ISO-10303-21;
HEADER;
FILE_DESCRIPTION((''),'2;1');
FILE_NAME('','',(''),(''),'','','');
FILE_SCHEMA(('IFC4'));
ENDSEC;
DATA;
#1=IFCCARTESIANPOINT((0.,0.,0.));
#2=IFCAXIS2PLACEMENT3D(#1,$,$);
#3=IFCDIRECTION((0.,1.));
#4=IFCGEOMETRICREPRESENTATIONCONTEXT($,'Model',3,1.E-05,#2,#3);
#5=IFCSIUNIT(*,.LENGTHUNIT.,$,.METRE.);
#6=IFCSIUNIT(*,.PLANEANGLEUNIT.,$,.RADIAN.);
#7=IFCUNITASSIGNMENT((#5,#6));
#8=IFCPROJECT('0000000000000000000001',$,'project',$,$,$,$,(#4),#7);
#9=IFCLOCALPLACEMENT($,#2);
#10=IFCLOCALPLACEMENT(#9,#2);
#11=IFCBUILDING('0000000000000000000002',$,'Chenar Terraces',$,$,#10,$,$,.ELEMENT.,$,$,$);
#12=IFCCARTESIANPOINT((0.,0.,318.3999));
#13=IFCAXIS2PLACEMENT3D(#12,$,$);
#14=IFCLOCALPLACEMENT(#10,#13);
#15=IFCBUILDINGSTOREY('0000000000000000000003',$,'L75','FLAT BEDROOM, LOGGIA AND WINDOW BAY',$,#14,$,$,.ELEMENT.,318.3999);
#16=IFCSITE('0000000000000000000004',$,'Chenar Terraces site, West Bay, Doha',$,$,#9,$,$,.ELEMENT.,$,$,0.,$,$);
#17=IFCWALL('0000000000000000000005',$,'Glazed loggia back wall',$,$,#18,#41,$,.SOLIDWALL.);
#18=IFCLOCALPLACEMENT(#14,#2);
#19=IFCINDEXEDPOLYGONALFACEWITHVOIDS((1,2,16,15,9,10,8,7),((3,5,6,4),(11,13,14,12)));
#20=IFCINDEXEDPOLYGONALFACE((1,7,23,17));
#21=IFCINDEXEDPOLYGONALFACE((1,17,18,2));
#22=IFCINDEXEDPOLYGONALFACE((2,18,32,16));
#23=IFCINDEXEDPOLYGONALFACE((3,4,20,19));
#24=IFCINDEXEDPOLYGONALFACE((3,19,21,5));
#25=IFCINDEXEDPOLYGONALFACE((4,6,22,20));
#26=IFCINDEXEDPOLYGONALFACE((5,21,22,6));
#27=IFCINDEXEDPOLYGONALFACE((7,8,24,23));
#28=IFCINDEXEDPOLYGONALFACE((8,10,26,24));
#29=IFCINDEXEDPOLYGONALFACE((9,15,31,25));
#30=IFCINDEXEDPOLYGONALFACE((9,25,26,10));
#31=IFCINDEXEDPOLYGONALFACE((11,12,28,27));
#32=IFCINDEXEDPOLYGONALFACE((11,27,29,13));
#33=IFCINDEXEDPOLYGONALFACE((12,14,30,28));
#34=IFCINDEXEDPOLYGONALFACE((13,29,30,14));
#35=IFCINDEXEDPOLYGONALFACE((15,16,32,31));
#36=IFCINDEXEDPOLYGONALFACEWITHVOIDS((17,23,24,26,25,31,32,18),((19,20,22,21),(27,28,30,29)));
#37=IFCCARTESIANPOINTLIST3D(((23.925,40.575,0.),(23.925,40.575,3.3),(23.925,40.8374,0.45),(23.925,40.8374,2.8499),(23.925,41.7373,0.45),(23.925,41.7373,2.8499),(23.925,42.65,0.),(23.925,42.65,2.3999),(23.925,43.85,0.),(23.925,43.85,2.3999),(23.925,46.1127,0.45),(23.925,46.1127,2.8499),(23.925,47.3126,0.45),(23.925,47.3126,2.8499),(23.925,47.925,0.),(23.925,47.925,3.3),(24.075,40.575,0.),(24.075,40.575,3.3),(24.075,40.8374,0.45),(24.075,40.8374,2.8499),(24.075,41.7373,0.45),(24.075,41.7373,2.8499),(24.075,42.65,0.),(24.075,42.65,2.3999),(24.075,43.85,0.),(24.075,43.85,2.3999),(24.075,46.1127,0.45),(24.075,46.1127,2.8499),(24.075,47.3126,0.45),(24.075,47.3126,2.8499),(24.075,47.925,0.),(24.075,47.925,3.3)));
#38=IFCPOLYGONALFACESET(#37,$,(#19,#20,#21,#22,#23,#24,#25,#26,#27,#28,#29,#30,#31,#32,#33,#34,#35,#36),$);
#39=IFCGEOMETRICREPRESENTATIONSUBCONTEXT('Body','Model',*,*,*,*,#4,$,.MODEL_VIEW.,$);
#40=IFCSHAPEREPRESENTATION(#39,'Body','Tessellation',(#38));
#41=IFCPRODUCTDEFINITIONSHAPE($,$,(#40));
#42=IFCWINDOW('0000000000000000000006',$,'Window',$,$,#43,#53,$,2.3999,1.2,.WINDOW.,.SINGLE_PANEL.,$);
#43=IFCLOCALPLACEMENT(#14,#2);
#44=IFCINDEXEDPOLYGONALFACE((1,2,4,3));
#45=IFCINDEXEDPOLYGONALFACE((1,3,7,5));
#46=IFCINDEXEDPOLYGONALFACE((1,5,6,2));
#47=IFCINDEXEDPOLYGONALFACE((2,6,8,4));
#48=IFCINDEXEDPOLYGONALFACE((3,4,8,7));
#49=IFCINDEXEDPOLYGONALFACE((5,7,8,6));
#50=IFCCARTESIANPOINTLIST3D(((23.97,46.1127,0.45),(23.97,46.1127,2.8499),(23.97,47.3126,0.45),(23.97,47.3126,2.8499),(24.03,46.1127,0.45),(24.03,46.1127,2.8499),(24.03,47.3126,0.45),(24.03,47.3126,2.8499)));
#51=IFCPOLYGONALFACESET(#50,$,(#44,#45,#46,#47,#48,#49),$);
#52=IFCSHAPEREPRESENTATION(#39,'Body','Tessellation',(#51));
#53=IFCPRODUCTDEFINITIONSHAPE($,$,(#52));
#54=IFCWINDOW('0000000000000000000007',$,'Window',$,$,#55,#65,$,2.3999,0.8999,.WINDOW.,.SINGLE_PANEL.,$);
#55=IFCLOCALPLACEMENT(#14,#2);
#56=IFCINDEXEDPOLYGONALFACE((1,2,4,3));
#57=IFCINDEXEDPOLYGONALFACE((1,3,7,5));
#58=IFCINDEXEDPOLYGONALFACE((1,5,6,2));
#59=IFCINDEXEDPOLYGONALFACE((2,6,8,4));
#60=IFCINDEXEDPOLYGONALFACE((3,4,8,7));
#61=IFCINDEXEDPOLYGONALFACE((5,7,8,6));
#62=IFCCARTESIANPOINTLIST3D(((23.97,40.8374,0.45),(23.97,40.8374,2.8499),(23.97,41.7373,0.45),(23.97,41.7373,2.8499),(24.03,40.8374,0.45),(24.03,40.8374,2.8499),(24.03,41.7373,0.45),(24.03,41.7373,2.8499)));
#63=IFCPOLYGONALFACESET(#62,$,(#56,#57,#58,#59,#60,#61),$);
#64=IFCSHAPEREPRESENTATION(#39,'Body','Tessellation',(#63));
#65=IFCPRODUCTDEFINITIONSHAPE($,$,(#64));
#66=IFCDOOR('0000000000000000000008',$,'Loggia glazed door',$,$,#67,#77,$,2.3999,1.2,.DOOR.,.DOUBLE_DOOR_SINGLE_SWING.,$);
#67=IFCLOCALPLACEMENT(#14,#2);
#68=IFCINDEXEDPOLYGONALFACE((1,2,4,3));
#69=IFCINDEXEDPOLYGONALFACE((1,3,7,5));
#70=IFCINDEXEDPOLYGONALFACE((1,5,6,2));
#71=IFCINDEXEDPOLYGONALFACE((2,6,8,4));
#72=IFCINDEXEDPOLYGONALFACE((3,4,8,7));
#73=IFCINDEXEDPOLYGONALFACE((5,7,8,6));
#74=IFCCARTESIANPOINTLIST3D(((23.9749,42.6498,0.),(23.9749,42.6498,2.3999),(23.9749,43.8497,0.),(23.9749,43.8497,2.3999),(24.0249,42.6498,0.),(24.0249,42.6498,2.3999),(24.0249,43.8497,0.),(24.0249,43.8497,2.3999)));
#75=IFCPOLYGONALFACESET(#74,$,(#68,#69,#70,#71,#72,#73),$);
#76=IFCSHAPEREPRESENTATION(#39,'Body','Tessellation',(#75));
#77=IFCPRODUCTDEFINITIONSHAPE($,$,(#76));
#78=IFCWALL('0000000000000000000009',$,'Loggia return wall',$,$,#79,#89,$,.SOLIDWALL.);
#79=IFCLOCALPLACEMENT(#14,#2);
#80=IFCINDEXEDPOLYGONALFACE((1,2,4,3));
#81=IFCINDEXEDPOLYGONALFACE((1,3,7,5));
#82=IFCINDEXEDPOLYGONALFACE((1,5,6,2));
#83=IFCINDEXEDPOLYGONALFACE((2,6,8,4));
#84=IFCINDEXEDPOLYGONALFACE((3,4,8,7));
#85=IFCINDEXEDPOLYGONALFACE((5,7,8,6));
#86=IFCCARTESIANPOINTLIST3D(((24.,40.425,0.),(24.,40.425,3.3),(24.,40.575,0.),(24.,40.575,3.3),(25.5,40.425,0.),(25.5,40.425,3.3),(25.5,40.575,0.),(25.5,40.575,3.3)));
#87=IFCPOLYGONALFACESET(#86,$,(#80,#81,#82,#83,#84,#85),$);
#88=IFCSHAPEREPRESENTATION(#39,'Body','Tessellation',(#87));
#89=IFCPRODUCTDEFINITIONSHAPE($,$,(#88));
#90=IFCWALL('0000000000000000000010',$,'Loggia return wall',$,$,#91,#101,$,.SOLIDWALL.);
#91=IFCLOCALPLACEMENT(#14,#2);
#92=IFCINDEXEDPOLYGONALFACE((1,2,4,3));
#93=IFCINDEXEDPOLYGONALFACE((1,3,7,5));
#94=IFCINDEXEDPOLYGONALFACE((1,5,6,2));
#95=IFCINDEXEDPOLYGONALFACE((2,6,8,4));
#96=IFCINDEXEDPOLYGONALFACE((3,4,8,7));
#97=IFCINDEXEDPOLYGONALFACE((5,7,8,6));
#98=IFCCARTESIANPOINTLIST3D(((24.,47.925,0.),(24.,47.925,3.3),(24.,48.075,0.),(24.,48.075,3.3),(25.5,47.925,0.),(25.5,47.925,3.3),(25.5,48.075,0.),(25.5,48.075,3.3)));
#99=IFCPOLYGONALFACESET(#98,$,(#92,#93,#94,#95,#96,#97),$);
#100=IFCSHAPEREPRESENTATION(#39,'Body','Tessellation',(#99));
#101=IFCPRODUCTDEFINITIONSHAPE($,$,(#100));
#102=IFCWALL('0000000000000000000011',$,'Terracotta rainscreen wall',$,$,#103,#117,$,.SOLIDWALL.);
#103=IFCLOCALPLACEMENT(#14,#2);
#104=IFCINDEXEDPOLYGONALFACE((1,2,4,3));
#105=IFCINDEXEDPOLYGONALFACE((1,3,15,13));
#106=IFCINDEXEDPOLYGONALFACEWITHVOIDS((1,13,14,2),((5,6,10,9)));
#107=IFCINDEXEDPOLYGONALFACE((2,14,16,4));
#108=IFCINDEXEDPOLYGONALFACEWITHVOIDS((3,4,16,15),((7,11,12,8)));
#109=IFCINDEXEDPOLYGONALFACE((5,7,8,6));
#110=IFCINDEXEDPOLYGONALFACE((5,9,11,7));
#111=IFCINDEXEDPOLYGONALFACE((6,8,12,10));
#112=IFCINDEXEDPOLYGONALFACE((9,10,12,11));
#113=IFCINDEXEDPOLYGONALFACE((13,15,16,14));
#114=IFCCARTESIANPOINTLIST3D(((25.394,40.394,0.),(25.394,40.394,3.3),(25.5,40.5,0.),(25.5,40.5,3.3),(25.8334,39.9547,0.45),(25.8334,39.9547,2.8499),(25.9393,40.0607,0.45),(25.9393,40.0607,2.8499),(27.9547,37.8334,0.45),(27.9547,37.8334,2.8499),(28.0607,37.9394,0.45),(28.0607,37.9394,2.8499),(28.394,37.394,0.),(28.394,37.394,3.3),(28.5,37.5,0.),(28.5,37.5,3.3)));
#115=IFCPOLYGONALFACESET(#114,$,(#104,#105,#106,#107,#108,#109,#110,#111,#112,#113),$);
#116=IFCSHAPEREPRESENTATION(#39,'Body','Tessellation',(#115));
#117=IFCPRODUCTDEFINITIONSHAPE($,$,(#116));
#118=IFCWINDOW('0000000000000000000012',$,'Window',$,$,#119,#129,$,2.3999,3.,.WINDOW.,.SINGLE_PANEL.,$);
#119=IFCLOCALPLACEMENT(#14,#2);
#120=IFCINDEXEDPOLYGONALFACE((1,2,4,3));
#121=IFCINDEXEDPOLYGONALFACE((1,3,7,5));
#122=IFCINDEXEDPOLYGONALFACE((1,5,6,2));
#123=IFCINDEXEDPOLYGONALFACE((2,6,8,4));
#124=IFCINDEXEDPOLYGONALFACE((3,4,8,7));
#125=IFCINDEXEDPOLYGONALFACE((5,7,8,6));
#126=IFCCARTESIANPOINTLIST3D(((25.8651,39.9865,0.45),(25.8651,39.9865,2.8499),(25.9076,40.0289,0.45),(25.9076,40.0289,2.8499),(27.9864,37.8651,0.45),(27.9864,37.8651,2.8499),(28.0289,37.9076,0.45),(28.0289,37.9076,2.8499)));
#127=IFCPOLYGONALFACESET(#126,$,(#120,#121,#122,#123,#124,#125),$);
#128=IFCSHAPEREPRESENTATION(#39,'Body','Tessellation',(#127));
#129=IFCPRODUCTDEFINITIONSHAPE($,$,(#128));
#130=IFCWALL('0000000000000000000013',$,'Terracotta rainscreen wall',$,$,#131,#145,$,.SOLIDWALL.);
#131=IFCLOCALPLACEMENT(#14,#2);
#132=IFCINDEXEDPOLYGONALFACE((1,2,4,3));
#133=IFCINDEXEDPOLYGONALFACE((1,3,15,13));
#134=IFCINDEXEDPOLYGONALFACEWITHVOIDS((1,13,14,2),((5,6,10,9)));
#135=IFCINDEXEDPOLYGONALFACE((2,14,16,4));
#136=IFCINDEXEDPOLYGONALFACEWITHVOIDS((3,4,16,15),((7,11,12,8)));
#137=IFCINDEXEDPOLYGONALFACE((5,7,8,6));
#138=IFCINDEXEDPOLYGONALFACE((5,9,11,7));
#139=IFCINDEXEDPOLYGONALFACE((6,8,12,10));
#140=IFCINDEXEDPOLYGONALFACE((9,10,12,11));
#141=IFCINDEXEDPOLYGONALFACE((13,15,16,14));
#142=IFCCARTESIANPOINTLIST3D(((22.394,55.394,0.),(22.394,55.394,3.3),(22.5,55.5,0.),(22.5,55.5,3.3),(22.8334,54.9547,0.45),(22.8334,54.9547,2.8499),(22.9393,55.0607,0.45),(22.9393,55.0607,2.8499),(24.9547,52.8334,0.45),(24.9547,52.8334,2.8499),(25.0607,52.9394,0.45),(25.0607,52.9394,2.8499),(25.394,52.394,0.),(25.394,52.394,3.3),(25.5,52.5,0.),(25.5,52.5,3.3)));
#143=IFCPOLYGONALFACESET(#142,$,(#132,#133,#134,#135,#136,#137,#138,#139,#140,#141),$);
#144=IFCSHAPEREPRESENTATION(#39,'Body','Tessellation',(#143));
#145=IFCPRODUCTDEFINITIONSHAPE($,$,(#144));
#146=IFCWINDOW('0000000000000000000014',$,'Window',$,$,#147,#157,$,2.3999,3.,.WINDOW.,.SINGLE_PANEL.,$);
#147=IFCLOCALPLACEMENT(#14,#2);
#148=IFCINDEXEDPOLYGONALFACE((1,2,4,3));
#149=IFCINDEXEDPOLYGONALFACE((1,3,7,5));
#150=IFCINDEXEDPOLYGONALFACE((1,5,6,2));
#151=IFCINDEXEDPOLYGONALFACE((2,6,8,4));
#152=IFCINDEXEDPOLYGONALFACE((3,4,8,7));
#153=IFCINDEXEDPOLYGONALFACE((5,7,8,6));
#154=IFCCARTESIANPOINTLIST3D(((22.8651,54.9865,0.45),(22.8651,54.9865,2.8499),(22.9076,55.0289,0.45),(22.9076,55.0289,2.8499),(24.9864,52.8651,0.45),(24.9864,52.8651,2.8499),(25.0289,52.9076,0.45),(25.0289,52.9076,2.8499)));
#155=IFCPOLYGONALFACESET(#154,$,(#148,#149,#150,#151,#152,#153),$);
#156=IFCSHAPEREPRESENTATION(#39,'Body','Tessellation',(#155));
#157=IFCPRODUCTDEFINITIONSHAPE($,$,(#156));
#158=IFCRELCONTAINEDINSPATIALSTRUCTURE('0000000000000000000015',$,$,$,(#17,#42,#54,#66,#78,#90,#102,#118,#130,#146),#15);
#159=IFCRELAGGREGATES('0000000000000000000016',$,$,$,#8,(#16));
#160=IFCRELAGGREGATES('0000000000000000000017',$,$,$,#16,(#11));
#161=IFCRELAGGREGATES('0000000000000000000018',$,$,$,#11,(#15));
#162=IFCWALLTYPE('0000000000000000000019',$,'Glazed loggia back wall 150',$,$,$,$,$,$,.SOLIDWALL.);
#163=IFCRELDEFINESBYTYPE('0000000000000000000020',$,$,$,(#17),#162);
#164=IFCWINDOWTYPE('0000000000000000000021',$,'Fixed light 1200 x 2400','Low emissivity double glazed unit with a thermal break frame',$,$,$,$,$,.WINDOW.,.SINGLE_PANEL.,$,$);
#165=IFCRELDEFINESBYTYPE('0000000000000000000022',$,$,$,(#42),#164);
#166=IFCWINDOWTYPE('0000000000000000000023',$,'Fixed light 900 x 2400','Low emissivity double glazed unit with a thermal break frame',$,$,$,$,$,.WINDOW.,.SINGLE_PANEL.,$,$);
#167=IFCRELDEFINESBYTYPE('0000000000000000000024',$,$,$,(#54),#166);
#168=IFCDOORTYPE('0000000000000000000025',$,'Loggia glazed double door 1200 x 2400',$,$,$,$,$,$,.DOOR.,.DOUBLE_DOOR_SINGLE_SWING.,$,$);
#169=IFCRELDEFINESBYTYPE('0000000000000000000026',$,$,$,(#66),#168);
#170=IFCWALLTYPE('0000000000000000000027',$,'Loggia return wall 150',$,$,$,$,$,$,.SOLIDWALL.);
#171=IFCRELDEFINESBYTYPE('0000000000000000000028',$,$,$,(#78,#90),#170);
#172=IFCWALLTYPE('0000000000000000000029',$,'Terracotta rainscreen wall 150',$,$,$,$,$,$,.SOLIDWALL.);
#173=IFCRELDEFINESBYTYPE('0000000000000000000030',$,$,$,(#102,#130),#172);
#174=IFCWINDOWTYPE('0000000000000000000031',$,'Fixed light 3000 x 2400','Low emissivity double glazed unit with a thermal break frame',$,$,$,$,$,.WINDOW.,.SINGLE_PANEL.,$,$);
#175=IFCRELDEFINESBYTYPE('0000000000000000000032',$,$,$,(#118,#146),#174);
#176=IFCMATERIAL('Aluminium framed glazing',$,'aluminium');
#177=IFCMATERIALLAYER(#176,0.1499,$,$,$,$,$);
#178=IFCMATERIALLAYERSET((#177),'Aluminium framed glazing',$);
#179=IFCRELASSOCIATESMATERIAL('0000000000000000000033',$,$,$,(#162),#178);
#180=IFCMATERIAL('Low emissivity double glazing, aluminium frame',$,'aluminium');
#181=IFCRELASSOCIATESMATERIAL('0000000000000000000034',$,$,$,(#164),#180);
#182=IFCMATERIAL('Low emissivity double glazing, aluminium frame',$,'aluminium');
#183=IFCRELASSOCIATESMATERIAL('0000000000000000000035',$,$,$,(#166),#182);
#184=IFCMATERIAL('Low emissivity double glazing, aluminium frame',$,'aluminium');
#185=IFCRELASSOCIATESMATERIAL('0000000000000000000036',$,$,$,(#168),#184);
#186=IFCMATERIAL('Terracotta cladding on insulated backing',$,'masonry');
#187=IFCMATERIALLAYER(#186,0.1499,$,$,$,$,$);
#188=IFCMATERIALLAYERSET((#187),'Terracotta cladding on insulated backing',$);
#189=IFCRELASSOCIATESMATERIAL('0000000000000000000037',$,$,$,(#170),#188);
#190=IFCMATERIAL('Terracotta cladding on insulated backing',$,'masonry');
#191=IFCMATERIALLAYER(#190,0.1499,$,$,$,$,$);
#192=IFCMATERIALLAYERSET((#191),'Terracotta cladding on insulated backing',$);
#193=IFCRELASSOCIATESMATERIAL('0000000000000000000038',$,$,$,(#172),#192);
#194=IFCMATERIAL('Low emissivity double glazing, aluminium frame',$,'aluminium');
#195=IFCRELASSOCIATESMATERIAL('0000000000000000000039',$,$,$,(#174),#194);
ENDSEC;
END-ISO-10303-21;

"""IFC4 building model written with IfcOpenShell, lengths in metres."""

from ifc_helpers import new_model, si_unit, direction, frame, frame_2d, origin, place, context, subcontext, project, spatial, rectangle, extrude, material, layer, layer_set, type_object, element, fill, save


model = new_model("IFC4")

# Units and contexts
model_context = context("Model", 3, precision=1e-05, world=origin(), true_north=direction((0.0, 1.0)))
body_context = subcontext(model_context, "Body", "Model", "MODEL_VIEW")
ifc_project = project(units=[si_unit("LENGTHUNIT", "METRE"), si_unit("PLANEANGLEUNIT", "RADIAN")], contexts=[model_context])

# Site, building, storey
site_placement = place(None, origin())
site = spatial("IfcSite", under=ifc_project, at=site_placement, Name="Chenar Terraces site, West Bay, Doha", CompositionType="ELEMENT", RefElevation=0.0)
building_placement = place(site_placement, origin())
building = spatial("IfcBuilding", under=site, at=building_placement, Name="Chenar Terraces", CompositionType="ELEMENT")
storey_placement = place(building_placement, frame((0.0, 0.0, 318.3999)))
storey = spatial("IfcBuildingStorey", under=building, at=storey_placement, Name="L75", Description="FLAT BEDROOM, LOGGIA AND WINDOW BAY", CompositionType="ELEMENT", Elevation=318.3999)

# Wall, openings, windows, door
ifc_material_1 = material(Name="Aluminium framed glazing", Category="aluminium")
ifc_layer_1 = layer(ifc_material_1, 0.1499)
ifc_layer_set_1 = layer_set([ifc_layer_1], Name="Aluminium framed glazing")
wall_type_1 = type_object("IfcWallType", Name="Glazed loggia back wall 150", PredefinedType="SOLIDWALL", material=ifc_layer_set_1)
wall_1_placement = place(storey_placement, frame((24.0, 40.575, 0.0), z_axis=(0.0, 0.0, 1.0), x_axis=(0.0, 1.0, 0.0)))
wall_1 = element("IfcWall", 1, at=wall_1_placement, inside=storey, type_object=wall_type_1, Name="Glazed loggia back wall", PredefinedType="SOLIDWALL", context=body_context, shape_type="SweptSolid", body=[
    extrude(rectangle(XDim=7.3501, YDim=0.1499, at=frame_2d((3.675, 0.0))), origin(), (0.0, 0.0, 1.0), 3.3),
])
opening_1_placement = place(wall_1_placement, frame((0.2625, 0.0, 0.45)))
opening_1 = element("IfcOpeningElement", 2, at=opening_1_placement, cuts=wall_1, PredefinedType="OPENING", context=body_context, shape_type="SweptSolid", body=[
    extrude(rectangle(XDim=0.8999, YDim=2.3999, at=frame_2d((0.45, 1.2))), frame((0.0, 0.085, 0.0), z_axis=(0.0, -1.0, 0.0), x_axis=(1.0, 0.0, 0.0)), (0.0, 0.0, 1.0), 0.1699),
])
opening_2_placement = place(wall_1_placement, frame((2.075, 0.0, 0.0)))
opening_2 = element("IfcOpeningElement", 3, at=opening_2_placement, cuts=wall_1, PredefinedType="OPENING", context=body_context, shape_type="SweptSolid", body=[
    extrude(rectangle(XDim=1.2, YDim=2.3999, at=frame_2d((0.6001, 1.2))), frame((0.0, 0.085, 0.0), z_axis=(0.0, -1.0, 0.0), x_axis=(1.0, 0.0, 0.0)), (0.0, 0.0, 1.0), 0.1699),
])
opening_3_placement = place(wall_1_placement, frame((5.5376, 0.0, 0.45)))
opening_3 = element("IfcOpeningElement", 4, at=opening_3_placement, cuts=wall_1, PredefinedType="OPENING", context=body_context, shape_type="SweptSolid", body=[
    extrude(rectangle(XDim=1.2, YDim=2.3999, at=frame_2d((0.6001, 1.2))), frame((0.0, 0.085, 0.0), z_axis=(0.0, -1.0, 0.0), x_axis=(1.0, 0.0, 0.0)), (0.0, 0.0, 1.0), 0.1699),
])
ifc_material_2 = material(Name="Low emissivity double glazing, aluminium frame", Category="aluminium")
window_type_1 = type_object("IfcWindowType", Name="Fixed light 1200 x 2400", Description="Low emissivity double glazed unit with a thermal break frame", PartitioningType="SINGLE_PANEL", PredefinedType="WINDOW", material=ifc_material_2)
window_1_placement = place(opening_3_placement, origin())
window_1 = element("IfcWindow", 5, at=window_1_placement, inside=storey, type_object=window_type_1, Name="Window", OverallHeight=2.3999, OverallWidth=1.2, PartitioningType="SINGLE_PANEL", PredefinedType="WINDOW", context=body_context, shape_type="SweptSolid", body=[
    extrude(rectangle(XDim=1.2, YDim=2.3999, at=frame_2d((0.6001, 1.2))), frame((0.0, 0.03, 0.0), z_axis=(0.0, -1.0, 0.0), x_axis=(1.0, 0.0, 0.0)), (0.0, 0.0, 1.0), 0.0601),
])
fill(opening_3, window_1)
ifc_material_3 = material(Name="Low emissivity double glazing, aluminium frame", Category="aluminium")
window_type_2 = type_object("IfcWindowType", Name="Fixed light 900 x 2400", Description="Low emissivity double glazed unit with a thermal break frame", PartitioningType="SINGLE_PANEL", PredefinedType="WINDOW", material=ifc_material_3)
window_2_placement = place(opening_1_placement, origin())
window_2 = element("IfcWindow", 6, at=window_2_placement, inside=storey, type_object=window_type_2, Name="Window", OverallHeight=2.3999, OverallWidth=0.8999, PartitioningType="SINGLE_PANEL", PredefinedType="WINDOW", context=body_context, shape_type="SweptSolid", body=[
    extrude(rectangle(XDim=0.8999, YDim=2.3999, at=frame_2d((0.45, 1.2))), frame((0.0, 0.03, 0.0), z_axis=(0.0, -1.0, 0.0), x_axis=(1.0, 0.0, 0.0)), (0.0, 0.0, 1.0), 0.0601),
])
fill(opening_1, window_2)
ifc_material_4 = material(Name="Low emissivity double glazing, aluminium frame", Category="aluminium")
door_type = type_object("IfcDoorType", Name="Loggia glazed double door 1200 x 2400", OperationType="DOUBLE_DOOR_SINGLE_SWING", PredefinedType="DOOR", material=ifc_material_4)
door_placement = place(opening_2_placement, frame((1.2, 0.0, 0.0), z_axis=(0.0, 0.0, 1.0), x_axis=(-1.0, 0.0, 0.0)))
door = element("IfcDoor", 7, at=door_placement, inside=storey, type_object=door_type, Name="Loggia glazed door", OperationType="DOUBLE_DOOR_SINGLE_SWING", OverallHeight=2.3999, OverallWidth=1.2, PredefinedType="DOOR", context=body_context, shape_type="SweptSolid", body=[
    extrude(rectangle(XDim=1.2, YDim=2.3999, at=frame_2d((0.6001, 1.2))), frame((0.0, 0.0249, 0.0), z_axis=(0.0, -1.0, 0.0), x_axis=(1.0, 0.0, 0.0)), (0.0, 0.0, 1.0), 0.05),
])
fill(opening_2, door)

# Walls
ifc_material_5 = material(Name="Terracotta cladding on insulated backing", Category="masonry")
ifc_layer_2 = layer(ifc_material_5, 0.1499)
ifc_layer_set_2 = layer_set([ifc_layer_2], Name="Terracotta cladding on insulated backing")
wall_type_2 = type_object("IfcWallType", Name="Loggia return wall 150", PredefinedType="SOLIDWALL", material=ifc_layer_set_2)
for number, where, z_axis, x_axis, name in (
    (8, (25.5, 40.5, 0.0), (0.0, 0.0, 1.0), (-1.0, 0.0, 0.0), "Loggia return wall"),
    (9, (25.5, 48.0, 0.0), (0.0, 0.0, 1.0), (-1.0, 0.0, 0.0), "Loggia return wall"),
):
    element("IfcWall", number, at=place(storey_placement, frame(where, z_axis=z_axis, x_axis=x_axis)), inside=storey, type_object=wall_type_2, Name=name, PredefinedType="SOLIDWALL", context=body_context, shape_type="SweptSolid", body=[
        extrude(rectangle(XDim=1.5, YDim=0.1499, at=frame_2d((0.75, 0.0))), origin(), (0.0, 0.0, 1.0), 3.3),
    ])

# Walls, openings, windows
ifc_material_6 = material(Name="Terracotta cladding on insulated backing", Category="masonry")
ifc_layer_3 = layer(ifc_material_6, 0.1499)
ifc_layer_set_3 = layer_set([ifc_layer_3], Name="Terracotta cladding on insulated backing")
wall_type_3 = type_object("IfcWallType", Name="Terracotta rainscreen wall 150", PredefinedType="SOLIDWALL", material=ifc_layer_set_3)
wall_2_placement = place(storey_placement, frame((28.447, 37.447, 0.0), z_axis=(0.0, 0.0, 1.0), x_axis=(-0.707107, 0.707107, 0.0)))
wall_2 = element("IfcWall", 10, at=wall_2_placement, inside=storey, type_object=wall_type_3, Name="Terracotta rainscreen wall", PredefinedType="SOLIDWALL", context=body_context, shape_type="SweptSolid", body=[
    extrude(rectangle(XDim=4.2427, YDim=0.1499, at=frame_2d((2.1213, 0.0))), origin(), (0.0, 0.0, 1.0), 3.3),
])
opening_4_placement = place(wall_2_placement, frame((0.6213, 0.0, 0.45)))
opening_4 = element("IfcOpeningElement", 11, at=opening_4_placement, cuts=wall_2, PredefinedType="OPENING", context=body_context, shape_type="SweptSolid", body=[
    extrude(rectangle(XDim=3.0, YDim=2.3999, at=frame_2d((1.5, 1.2))), frame((0.0, 0.085, 0.0), z_axis=(0.0, -1.0, 0.0), x_axis=(1.0, 0.0, 0.0)), (0.0, 0.0, 1.0), 0.1699),
])
ifc_material_7 = material(Name="Low emissivity double glazing, aluminium frame", Category="aluminium")
window_type_3 = type_object("IfcWindowType", Name="Fixed light 3000 x 2400", Description="Low emissivity double glazed unit with a thermal break frame", PartitioningType="SINGLE_PANEL", PredefinedType="WINDOW", material=ifc_material_7)
window_3_placement = place(opening_4_placement, origin())
window_3 = element("IfcWindow", 12, at=window_3_placement, inside=storey, type_object=window_type_3, Name="Window", OverallHeight=2.3999, OverallWidth=3.0, PartitioningType="SINGLE_PANEL", PredefinedType="WINDOW", context=body_context, shape_type="SweptSolid", body=[
    extrude(rectangle(XDim=3.0, YDim=2.3999, at=frame_2d((1.5, 1.2))), frame((0.0, 0.03, 0.0), z_axis=(0.0, -1.0, 0.0), x_axis=(1.0, 0.0, 0.0)), (0.0, 0.0, 1.0), 0.0601),
])
fill(opening_4, window_3)
wall_3_placement = place(storey_placement, frame((25.447, 52.447, 0.0), z_axis=(0.0, 0.0, 1.0), x_axis=(-0.707107, 0.707107, 0.0)))
wall_3 = element("IfcWall", 13, at=wall_3_placement, inside=storey, type_object=wall_type_3, Name="Terracotta rainscreen wall", PredefinedType="SOLIDWALL", context=body_context, shape_type="SweptSolid", body=[
    extrude(rectangle(XDim=4.2427, YDim=0.1499, at=frame_2d((2.1213, 0.0))), origin(), (0.0, 0.0, 1.0), 3.3),
])
opening_5_placement = place(wall_3_placement, frame((0.6213, 0.0, 0.45)))
opening_5 = element("IfcOpeningElement", 14, at=opening_5_placement, cuts=wall_3, PredefinedType="OPENING", context=body_context, shape_type="SweptSolid", body=[
    extrude(rectangle(XDim=3.0, YDim=2.3999, at=frame_2d((1.5, 1.2))), frame((0.0, 0.085, 0.0), z_axis=(0.0, -1.0, 0.0), x_axis=(1.0, 0.0, 0.0)), (0.0, 0.0, 1.0), 0.1699),
])
window_4_placement = place(opening_5_placement, origin())
window_4 = element("IfcWindow", 15, at=window_4_placement, inside=storey, type_object=window_type_3, Name="Window", OverallHeight=2.3999, OverallWidth=3.0, PartitioningType="SINGLE_PANEL", PredefinedType="WINDOW", context=body_context, shape_type="SweptSolid", body=[
    extrude(rectangle(XDim=3.0, YDim=2.3999, at=frame_2d((1.5, 1.2))), frame((0.0, 0.03, 0.0), z_axis=(0.0, -1.0, 0.0), x_axis=(1.0, 0.0, 0.0)), (0.0, 0.0, 1.0), 0.0601),
])
fill(opening_5, window_4)

save(model, "model.ifc")
